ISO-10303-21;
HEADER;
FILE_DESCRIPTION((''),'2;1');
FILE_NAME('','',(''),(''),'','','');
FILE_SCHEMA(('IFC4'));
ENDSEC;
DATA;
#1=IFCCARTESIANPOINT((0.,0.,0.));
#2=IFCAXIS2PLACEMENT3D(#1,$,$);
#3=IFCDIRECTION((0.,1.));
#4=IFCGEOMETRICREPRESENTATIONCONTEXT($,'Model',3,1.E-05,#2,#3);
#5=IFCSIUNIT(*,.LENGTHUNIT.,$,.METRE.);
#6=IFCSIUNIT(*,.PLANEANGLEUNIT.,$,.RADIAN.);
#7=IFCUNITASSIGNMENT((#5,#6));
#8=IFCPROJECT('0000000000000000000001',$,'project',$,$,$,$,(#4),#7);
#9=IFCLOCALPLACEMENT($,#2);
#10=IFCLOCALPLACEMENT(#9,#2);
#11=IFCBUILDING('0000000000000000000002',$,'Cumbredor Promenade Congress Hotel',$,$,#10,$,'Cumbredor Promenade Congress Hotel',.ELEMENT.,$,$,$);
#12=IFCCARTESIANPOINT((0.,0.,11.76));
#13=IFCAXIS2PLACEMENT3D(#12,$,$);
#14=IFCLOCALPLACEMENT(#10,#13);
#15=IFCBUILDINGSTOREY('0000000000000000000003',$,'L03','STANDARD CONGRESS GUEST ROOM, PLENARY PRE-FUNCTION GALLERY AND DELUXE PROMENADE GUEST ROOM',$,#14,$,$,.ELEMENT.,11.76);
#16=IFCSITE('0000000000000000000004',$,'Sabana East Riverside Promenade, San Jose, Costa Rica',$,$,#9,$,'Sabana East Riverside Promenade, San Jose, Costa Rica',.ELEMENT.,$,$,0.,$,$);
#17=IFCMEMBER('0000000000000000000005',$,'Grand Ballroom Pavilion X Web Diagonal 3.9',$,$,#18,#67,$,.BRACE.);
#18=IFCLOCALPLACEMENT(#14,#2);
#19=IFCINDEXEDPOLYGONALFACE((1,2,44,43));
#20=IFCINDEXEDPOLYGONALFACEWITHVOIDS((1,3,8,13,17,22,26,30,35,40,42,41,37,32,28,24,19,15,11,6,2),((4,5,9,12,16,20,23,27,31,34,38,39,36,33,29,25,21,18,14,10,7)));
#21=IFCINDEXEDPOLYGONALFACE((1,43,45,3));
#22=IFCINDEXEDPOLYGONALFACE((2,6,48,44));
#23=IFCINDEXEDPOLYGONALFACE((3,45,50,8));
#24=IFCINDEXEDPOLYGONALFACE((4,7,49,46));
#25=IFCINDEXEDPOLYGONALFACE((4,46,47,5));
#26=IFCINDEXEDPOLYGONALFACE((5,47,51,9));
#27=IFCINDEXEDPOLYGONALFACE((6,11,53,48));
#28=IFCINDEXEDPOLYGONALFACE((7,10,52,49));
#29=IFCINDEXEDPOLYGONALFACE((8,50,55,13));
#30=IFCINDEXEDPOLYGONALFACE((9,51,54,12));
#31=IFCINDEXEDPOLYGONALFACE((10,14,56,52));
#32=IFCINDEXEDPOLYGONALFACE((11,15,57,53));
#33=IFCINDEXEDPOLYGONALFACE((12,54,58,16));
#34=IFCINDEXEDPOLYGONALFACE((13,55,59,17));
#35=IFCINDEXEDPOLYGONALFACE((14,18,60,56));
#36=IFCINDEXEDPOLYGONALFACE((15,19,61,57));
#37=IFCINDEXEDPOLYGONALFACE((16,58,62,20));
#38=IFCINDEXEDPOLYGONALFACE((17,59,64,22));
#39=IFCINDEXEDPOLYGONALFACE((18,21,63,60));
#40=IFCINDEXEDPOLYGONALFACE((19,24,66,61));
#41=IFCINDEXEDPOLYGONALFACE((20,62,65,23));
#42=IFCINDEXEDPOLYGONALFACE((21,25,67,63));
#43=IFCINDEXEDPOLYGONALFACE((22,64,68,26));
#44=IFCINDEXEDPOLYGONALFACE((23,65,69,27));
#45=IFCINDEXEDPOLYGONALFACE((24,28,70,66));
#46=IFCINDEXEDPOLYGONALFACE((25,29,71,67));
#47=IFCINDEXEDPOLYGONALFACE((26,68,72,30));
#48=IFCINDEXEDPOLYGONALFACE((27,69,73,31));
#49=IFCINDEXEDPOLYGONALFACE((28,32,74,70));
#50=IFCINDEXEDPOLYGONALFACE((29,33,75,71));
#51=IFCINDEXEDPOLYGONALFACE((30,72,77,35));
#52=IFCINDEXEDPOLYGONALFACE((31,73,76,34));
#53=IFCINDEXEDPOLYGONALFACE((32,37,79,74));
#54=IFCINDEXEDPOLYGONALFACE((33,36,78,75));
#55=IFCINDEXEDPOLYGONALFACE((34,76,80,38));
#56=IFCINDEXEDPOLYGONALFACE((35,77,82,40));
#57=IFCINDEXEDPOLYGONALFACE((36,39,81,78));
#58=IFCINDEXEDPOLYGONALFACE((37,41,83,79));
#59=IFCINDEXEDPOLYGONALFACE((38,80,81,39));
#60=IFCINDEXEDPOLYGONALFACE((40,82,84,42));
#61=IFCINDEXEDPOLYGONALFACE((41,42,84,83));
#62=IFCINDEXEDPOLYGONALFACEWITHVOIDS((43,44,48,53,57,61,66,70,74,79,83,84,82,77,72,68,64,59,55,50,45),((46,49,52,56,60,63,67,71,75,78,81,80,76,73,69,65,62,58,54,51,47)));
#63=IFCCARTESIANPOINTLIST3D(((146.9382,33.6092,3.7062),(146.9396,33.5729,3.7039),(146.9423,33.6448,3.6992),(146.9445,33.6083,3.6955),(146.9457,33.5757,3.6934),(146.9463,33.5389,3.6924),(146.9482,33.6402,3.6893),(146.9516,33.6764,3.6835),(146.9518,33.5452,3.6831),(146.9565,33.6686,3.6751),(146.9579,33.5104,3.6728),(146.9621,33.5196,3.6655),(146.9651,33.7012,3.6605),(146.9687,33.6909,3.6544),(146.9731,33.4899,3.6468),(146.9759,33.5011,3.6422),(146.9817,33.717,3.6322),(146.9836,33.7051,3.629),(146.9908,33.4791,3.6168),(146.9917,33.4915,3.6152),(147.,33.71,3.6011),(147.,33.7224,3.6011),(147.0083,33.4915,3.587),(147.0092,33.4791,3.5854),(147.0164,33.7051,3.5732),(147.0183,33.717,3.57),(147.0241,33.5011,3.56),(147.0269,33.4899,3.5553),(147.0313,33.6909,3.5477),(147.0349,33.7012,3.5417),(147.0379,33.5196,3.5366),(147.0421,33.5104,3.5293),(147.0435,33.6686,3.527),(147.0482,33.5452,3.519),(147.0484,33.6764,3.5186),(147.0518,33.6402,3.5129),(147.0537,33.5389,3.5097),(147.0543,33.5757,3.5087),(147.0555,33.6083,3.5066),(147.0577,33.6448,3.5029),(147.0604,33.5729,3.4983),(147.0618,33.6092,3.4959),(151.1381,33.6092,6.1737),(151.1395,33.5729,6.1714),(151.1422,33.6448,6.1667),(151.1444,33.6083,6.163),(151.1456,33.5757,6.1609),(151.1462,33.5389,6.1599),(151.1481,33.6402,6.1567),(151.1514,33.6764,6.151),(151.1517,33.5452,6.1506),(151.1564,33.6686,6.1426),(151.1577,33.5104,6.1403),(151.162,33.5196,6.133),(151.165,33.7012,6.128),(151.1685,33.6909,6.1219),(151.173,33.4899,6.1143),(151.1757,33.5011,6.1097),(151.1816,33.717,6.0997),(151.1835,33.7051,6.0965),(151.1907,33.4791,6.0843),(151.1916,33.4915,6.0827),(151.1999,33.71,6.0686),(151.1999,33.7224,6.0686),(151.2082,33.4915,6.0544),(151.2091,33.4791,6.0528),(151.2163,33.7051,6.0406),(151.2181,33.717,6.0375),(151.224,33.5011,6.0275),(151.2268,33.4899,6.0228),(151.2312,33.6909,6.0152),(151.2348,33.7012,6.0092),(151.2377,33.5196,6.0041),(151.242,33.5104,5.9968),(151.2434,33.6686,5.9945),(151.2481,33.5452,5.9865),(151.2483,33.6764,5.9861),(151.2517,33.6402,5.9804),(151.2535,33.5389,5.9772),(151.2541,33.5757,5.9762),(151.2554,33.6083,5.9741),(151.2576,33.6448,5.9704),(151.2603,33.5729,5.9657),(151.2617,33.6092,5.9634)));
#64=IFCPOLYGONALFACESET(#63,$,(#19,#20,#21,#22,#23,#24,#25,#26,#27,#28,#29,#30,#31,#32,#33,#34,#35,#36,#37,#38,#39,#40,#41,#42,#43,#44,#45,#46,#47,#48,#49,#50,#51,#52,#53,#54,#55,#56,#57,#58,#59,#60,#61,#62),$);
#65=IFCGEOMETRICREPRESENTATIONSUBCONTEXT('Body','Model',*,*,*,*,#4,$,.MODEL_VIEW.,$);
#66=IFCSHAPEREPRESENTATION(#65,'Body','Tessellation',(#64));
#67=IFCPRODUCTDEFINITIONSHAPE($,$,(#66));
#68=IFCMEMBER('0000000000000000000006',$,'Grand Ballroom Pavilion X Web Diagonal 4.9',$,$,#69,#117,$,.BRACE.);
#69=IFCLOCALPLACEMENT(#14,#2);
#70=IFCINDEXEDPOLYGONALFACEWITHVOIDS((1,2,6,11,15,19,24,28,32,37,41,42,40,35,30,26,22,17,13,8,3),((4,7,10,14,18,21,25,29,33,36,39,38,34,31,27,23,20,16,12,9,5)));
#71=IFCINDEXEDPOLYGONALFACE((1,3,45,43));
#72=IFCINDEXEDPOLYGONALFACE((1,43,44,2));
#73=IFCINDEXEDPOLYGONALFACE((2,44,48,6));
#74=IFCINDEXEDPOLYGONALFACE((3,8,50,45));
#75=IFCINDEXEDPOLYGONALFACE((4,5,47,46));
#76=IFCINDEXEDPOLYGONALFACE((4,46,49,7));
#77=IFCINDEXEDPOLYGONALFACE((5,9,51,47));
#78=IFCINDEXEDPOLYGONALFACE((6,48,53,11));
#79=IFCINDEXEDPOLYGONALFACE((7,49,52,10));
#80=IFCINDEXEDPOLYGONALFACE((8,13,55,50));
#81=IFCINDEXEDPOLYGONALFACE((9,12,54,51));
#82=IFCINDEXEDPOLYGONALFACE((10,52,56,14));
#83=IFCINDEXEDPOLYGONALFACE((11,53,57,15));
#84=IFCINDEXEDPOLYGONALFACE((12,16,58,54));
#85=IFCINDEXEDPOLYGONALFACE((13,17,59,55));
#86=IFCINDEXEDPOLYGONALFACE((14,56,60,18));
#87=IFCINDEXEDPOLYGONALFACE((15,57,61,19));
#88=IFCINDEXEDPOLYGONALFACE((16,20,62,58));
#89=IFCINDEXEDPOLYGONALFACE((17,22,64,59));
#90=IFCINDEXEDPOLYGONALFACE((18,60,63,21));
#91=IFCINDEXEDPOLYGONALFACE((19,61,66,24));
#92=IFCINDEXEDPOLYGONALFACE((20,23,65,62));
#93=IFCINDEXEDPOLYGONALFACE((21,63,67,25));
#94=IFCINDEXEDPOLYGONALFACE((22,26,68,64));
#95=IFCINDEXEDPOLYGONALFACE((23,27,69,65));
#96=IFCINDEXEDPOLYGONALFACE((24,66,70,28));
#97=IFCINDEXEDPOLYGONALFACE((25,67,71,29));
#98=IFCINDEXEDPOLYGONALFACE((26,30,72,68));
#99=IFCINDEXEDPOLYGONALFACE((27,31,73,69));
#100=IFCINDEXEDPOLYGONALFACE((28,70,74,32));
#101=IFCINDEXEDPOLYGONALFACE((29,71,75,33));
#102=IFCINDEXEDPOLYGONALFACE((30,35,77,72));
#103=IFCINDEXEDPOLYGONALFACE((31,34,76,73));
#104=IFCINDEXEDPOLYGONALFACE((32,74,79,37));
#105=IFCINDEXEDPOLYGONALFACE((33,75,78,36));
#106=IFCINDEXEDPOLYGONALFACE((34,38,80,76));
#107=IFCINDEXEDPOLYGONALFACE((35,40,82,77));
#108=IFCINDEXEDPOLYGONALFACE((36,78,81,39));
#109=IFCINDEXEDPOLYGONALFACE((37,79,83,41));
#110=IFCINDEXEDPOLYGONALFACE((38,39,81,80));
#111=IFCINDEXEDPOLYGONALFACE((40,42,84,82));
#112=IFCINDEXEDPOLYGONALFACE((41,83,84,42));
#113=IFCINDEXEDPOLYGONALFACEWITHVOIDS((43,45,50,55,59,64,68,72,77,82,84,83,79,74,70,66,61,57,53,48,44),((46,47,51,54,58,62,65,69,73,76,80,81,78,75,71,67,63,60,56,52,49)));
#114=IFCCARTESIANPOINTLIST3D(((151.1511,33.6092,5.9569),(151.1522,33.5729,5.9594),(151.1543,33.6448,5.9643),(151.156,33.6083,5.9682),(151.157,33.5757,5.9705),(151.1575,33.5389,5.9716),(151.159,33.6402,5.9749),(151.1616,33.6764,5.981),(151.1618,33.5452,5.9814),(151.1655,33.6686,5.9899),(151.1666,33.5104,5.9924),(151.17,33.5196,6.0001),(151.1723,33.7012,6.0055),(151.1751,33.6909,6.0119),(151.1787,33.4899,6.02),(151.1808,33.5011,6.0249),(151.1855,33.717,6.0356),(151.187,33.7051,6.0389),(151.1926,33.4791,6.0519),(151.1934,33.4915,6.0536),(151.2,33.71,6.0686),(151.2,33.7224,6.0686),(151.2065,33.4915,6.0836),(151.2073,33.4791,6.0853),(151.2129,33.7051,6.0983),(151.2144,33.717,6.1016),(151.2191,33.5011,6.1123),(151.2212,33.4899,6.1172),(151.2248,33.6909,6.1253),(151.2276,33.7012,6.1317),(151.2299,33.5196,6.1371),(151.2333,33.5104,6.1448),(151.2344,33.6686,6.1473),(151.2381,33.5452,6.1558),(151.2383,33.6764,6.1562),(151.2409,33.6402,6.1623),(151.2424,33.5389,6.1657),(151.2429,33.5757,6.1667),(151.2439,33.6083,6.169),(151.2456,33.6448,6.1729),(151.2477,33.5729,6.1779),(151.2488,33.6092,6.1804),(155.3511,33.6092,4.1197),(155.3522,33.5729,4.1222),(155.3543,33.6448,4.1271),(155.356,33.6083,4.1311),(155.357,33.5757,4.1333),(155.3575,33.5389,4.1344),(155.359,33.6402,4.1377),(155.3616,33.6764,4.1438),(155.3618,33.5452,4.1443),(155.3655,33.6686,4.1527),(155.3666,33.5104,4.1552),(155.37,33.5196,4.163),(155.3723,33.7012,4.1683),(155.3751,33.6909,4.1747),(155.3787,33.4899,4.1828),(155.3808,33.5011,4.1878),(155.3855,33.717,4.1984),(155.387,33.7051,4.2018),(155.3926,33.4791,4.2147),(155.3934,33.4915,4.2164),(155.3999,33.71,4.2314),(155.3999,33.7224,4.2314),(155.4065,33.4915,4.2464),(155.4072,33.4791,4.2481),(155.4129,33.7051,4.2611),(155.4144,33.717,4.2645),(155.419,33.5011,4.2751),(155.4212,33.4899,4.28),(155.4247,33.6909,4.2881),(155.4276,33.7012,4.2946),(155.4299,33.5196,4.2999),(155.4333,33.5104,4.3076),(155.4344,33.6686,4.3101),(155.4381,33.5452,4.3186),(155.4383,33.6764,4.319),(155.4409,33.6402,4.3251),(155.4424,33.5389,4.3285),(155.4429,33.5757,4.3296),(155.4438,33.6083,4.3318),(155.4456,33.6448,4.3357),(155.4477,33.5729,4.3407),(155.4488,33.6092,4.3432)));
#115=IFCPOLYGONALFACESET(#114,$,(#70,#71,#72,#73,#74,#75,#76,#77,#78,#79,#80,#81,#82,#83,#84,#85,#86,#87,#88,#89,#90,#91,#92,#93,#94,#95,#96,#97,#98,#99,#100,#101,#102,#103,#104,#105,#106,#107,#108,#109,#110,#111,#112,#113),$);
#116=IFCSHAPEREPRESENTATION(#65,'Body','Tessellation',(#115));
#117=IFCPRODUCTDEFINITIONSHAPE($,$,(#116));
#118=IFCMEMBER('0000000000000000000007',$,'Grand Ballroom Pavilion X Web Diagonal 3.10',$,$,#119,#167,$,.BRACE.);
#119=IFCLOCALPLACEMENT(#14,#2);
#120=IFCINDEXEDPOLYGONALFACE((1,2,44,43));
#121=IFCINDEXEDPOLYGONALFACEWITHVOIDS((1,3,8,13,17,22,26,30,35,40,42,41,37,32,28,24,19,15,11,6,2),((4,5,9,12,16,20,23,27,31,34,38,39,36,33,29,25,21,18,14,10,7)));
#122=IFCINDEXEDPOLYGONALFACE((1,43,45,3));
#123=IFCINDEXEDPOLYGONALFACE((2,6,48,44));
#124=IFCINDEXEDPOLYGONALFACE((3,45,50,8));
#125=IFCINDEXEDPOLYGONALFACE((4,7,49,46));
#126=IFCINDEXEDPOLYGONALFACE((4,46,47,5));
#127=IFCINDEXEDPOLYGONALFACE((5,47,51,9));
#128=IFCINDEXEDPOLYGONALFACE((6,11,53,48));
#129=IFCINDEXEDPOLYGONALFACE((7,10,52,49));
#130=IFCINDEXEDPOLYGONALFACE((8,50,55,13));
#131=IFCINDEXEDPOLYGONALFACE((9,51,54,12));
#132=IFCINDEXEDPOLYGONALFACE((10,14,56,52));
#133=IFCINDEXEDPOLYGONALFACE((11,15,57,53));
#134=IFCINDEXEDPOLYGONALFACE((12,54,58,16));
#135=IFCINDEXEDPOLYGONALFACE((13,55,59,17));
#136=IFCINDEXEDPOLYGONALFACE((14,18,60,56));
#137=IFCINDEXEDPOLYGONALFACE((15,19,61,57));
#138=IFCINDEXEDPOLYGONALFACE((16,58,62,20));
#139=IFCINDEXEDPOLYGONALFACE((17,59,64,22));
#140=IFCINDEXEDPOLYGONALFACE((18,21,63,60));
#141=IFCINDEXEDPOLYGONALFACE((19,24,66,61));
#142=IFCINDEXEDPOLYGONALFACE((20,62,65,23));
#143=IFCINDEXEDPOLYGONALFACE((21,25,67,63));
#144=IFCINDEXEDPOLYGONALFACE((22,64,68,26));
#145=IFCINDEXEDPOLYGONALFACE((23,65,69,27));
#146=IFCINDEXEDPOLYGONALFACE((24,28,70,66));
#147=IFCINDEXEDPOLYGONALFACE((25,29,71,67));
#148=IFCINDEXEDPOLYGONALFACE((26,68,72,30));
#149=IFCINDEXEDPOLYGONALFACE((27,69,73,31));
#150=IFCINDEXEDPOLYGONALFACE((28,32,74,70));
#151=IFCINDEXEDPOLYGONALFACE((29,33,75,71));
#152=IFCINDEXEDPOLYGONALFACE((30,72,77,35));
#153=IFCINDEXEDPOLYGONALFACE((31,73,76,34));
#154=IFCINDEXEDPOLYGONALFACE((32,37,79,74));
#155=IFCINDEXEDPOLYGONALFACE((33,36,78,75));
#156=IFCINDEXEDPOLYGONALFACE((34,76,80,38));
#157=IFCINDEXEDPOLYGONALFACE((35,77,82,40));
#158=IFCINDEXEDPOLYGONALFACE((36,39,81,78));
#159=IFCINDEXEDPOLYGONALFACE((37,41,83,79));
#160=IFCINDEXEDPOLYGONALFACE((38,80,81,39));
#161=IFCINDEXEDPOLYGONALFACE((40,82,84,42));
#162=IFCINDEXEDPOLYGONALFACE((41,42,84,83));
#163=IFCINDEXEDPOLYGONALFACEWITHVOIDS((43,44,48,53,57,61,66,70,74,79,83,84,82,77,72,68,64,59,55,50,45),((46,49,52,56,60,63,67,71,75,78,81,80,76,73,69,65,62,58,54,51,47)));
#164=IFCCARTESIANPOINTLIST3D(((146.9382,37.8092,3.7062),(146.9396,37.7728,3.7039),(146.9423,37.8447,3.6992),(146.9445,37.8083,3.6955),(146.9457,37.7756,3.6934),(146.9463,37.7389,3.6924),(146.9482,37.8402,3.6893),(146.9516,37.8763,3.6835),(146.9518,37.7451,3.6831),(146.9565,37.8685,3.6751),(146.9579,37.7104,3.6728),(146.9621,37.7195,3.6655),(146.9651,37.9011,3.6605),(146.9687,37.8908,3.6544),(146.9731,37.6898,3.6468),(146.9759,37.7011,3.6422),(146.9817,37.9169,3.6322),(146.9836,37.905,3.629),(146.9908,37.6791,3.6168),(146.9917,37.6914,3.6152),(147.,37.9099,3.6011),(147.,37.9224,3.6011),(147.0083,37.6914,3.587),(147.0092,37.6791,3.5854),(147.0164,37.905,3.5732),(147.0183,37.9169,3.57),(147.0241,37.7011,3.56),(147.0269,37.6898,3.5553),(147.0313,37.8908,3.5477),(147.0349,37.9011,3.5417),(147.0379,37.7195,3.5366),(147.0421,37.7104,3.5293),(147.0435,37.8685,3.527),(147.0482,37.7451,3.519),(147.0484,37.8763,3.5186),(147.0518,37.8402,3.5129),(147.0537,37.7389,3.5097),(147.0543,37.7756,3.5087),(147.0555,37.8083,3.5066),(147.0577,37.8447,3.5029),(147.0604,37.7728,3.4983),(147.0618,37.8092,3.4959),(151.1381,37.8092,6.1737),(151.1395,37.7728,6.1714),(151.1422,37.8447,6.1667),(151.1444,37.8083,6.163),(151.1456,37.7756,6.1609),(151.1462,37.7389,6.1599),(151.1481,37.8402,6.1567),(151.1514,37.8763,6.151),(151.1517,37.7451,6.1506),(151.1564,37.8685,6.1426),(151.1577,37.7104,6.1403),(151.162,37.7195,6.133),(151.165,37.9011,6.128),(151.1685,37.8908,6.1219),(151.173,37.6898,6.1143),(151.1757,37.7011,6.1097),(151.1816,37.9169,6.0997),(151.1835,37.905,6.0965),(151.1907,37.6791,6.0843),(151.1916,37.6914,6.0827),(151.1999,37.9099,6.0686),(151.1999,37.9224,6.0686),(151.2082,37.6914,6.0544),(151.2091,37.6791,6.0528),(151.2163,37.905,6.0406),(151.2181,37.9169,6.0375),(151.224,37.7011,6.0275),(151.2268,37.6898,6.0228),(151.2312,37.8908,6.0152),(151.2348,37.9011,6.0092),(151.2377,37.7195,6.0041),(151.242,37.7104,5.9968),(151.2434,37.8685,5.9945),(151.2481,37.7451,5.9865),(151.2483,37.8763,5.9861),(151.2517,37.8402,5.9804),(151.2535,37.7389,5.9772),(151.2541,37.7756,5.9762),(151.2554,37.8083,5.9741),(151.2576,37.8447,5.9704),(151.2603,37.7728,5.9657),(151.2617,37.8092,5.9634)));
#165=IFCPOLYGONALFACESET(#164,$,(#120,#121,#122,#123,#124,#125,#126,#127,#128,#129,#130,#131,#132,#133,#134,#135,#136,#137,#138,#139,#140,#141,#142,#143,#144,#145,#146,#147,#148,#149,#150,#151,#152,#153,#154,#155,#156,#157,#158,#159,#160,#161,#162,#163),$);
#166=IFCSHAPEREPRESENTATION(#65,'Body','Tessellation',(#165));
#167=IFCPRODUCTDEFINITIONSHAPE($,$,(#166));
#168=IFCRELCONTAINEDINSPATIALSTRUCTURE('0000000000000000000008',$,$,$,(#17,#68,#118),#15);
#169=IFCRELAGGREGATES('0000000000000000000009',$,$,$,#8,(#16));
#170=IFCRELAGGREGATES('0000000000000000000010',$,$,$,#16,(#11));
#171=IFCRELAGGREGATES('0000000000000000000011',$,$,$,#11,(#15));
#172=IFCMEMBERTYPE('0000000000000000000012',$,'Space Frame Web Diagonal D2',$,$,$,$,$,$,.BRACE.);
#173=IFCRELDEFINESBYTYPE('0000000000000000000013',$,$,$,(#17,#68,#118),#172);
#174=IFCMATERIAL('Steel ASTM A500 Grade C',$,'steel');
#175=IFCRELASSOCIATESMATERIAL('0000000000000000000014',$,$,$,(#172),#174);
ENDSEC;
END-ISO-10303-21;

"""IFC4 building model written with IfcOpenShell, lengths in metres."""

from ifc_helpers import new_model, si_unit, direction, frame, origin, origin_2d, place, context, subcontext, project, spatial, hollow_circle, extrude, material, material_profile, profile_set, type_object, element, save


model = new_model("IFC4")

# Units and contexts
model_context = context("Model", 3, precision=1e-05, world=origin(), true_north=direction((0.0, 1.0)))
body_context = subcontext(model_context, "Body", "Model", "MODEL_VIEW")
ifc_project = project(units=[si_unit("LENGTHUNIT", "METRE"), si_unit("PLANEANGLEUNIT", "RADIAN")], contexts=[model_context])

# Site, building, storey
site_placement = place(None, origin())
site = spatial("IfcSite", under=ifc_project, at=site_placement, Name="Sabana East Riverside Promenade, San Jose, Costa Rica", LongName="Sabana East Riverside Promenade, San Jose, Costa Rica", CompositionType="ELEMENT", RefElevation=0.0)
building_placement = place(site_placement, origin())
building = spatial("IfcBuilding", under=site, at=building_placement, Name="Cumbredor Promenade Congress Hotel", LongName="Cumbredor Promenade Congress Hotel", CompositionType="ELEMENT")
storey_placement = place(building_placement, frame((0.0, 0.0, 11.76)))
storey = spatial("IfcBuildingStorey", under=building, at=storey_placement, Name="L03", Description="STANDARD CONGRESS GUEST ROOM, PLENARY PRE-FUNCTION GALLERY AND DELUXE PROMENADE GUEST ROOM", CompositionType="ELEMENT", Elevation=11.76)

# Members
ifc_material_1 = material(Name="Steel ASTM A500 Grade C", Category="steel")
ifc_material_profile_1 = material_profile(ifc_material_1, hollow_circle(Radius=0.1223, WallThickness=0.0125, at=origin_2d()), Name="CHS 244.5x12.5")
ifc_profile_set_1 = profile_set([ifc_material_profile_1], Name="Steel ASTM A500 Grade C")
member_type_1 = type_object("IfcMemberType", Name="Space Frame Web Diagonal D2", PredefinedType="BRACE", material=ifc_profile_set_1)
member_1_placement = place(storey_placement, frame((147.0, 33.6001, 3.6011), z_axis=(0.862206, 0.0, 0.506558), x_axis=(0.0, 1.0, 0.0)))
element("IfcMember", 1, at=member_1_placement, inside=storey, type_object=member_type_1, Name="Grand Ballroom Pavilion X Web Diagonal 3.9", PredefinedType="BRACE", context=body_context, shape_type="SweptSolid", body=[
    extrude(hollow_circle(Radius=0.1223, WallThickness=0.0125, at=origin_2d()), origin(), (0.0, 0.0, 1.0), 4.8711),
])
member_2_placement = place(storey_placement, frame((151.2, 33.6001, 6.0686), z_axis=(0.916183, 0.0, -0.40076), x_axis=(0.0, 1.0, 0.0)))
element("IfcMember", 2, at=member_2_placement, inside=storey, type_object=member_type_1, Name="Grand Ballroom Pavilion X Web Diagonal 4.9", PredefinedType="BRACE", context=body_context, shape_type="SweptSolid", body=[
    extrude(hollow_circle(Radius=0.1223, WallThickness=0.0125, at=origin_2d()), origin(), (0.0, 0.0, 1.0), 4.5842),
])
member_3_placement = place(storey_placement, frame((147.0, 37.8, 3.6011), z_axis=(0.862206, 0.0, 0.506558), x_axis=(0.0, 1.0, 0.0)))
element("IfcMember", 3, at=member_3_placement, inside=storey, type_object=member_type_1, Name="Grand Ballroom Pavilion X Web Diagonal 3.10", PredefinedType="BRACE", context=body_context, shape_type="SweptSolid", body=[
    extrude(hollow_circle(Radius=0.1223, WallThickness=0.0125, at=origin_2d()), origin(), (0.0, 0.0, 1.0), 4.8711),
])

save(model, "model.ifc")
